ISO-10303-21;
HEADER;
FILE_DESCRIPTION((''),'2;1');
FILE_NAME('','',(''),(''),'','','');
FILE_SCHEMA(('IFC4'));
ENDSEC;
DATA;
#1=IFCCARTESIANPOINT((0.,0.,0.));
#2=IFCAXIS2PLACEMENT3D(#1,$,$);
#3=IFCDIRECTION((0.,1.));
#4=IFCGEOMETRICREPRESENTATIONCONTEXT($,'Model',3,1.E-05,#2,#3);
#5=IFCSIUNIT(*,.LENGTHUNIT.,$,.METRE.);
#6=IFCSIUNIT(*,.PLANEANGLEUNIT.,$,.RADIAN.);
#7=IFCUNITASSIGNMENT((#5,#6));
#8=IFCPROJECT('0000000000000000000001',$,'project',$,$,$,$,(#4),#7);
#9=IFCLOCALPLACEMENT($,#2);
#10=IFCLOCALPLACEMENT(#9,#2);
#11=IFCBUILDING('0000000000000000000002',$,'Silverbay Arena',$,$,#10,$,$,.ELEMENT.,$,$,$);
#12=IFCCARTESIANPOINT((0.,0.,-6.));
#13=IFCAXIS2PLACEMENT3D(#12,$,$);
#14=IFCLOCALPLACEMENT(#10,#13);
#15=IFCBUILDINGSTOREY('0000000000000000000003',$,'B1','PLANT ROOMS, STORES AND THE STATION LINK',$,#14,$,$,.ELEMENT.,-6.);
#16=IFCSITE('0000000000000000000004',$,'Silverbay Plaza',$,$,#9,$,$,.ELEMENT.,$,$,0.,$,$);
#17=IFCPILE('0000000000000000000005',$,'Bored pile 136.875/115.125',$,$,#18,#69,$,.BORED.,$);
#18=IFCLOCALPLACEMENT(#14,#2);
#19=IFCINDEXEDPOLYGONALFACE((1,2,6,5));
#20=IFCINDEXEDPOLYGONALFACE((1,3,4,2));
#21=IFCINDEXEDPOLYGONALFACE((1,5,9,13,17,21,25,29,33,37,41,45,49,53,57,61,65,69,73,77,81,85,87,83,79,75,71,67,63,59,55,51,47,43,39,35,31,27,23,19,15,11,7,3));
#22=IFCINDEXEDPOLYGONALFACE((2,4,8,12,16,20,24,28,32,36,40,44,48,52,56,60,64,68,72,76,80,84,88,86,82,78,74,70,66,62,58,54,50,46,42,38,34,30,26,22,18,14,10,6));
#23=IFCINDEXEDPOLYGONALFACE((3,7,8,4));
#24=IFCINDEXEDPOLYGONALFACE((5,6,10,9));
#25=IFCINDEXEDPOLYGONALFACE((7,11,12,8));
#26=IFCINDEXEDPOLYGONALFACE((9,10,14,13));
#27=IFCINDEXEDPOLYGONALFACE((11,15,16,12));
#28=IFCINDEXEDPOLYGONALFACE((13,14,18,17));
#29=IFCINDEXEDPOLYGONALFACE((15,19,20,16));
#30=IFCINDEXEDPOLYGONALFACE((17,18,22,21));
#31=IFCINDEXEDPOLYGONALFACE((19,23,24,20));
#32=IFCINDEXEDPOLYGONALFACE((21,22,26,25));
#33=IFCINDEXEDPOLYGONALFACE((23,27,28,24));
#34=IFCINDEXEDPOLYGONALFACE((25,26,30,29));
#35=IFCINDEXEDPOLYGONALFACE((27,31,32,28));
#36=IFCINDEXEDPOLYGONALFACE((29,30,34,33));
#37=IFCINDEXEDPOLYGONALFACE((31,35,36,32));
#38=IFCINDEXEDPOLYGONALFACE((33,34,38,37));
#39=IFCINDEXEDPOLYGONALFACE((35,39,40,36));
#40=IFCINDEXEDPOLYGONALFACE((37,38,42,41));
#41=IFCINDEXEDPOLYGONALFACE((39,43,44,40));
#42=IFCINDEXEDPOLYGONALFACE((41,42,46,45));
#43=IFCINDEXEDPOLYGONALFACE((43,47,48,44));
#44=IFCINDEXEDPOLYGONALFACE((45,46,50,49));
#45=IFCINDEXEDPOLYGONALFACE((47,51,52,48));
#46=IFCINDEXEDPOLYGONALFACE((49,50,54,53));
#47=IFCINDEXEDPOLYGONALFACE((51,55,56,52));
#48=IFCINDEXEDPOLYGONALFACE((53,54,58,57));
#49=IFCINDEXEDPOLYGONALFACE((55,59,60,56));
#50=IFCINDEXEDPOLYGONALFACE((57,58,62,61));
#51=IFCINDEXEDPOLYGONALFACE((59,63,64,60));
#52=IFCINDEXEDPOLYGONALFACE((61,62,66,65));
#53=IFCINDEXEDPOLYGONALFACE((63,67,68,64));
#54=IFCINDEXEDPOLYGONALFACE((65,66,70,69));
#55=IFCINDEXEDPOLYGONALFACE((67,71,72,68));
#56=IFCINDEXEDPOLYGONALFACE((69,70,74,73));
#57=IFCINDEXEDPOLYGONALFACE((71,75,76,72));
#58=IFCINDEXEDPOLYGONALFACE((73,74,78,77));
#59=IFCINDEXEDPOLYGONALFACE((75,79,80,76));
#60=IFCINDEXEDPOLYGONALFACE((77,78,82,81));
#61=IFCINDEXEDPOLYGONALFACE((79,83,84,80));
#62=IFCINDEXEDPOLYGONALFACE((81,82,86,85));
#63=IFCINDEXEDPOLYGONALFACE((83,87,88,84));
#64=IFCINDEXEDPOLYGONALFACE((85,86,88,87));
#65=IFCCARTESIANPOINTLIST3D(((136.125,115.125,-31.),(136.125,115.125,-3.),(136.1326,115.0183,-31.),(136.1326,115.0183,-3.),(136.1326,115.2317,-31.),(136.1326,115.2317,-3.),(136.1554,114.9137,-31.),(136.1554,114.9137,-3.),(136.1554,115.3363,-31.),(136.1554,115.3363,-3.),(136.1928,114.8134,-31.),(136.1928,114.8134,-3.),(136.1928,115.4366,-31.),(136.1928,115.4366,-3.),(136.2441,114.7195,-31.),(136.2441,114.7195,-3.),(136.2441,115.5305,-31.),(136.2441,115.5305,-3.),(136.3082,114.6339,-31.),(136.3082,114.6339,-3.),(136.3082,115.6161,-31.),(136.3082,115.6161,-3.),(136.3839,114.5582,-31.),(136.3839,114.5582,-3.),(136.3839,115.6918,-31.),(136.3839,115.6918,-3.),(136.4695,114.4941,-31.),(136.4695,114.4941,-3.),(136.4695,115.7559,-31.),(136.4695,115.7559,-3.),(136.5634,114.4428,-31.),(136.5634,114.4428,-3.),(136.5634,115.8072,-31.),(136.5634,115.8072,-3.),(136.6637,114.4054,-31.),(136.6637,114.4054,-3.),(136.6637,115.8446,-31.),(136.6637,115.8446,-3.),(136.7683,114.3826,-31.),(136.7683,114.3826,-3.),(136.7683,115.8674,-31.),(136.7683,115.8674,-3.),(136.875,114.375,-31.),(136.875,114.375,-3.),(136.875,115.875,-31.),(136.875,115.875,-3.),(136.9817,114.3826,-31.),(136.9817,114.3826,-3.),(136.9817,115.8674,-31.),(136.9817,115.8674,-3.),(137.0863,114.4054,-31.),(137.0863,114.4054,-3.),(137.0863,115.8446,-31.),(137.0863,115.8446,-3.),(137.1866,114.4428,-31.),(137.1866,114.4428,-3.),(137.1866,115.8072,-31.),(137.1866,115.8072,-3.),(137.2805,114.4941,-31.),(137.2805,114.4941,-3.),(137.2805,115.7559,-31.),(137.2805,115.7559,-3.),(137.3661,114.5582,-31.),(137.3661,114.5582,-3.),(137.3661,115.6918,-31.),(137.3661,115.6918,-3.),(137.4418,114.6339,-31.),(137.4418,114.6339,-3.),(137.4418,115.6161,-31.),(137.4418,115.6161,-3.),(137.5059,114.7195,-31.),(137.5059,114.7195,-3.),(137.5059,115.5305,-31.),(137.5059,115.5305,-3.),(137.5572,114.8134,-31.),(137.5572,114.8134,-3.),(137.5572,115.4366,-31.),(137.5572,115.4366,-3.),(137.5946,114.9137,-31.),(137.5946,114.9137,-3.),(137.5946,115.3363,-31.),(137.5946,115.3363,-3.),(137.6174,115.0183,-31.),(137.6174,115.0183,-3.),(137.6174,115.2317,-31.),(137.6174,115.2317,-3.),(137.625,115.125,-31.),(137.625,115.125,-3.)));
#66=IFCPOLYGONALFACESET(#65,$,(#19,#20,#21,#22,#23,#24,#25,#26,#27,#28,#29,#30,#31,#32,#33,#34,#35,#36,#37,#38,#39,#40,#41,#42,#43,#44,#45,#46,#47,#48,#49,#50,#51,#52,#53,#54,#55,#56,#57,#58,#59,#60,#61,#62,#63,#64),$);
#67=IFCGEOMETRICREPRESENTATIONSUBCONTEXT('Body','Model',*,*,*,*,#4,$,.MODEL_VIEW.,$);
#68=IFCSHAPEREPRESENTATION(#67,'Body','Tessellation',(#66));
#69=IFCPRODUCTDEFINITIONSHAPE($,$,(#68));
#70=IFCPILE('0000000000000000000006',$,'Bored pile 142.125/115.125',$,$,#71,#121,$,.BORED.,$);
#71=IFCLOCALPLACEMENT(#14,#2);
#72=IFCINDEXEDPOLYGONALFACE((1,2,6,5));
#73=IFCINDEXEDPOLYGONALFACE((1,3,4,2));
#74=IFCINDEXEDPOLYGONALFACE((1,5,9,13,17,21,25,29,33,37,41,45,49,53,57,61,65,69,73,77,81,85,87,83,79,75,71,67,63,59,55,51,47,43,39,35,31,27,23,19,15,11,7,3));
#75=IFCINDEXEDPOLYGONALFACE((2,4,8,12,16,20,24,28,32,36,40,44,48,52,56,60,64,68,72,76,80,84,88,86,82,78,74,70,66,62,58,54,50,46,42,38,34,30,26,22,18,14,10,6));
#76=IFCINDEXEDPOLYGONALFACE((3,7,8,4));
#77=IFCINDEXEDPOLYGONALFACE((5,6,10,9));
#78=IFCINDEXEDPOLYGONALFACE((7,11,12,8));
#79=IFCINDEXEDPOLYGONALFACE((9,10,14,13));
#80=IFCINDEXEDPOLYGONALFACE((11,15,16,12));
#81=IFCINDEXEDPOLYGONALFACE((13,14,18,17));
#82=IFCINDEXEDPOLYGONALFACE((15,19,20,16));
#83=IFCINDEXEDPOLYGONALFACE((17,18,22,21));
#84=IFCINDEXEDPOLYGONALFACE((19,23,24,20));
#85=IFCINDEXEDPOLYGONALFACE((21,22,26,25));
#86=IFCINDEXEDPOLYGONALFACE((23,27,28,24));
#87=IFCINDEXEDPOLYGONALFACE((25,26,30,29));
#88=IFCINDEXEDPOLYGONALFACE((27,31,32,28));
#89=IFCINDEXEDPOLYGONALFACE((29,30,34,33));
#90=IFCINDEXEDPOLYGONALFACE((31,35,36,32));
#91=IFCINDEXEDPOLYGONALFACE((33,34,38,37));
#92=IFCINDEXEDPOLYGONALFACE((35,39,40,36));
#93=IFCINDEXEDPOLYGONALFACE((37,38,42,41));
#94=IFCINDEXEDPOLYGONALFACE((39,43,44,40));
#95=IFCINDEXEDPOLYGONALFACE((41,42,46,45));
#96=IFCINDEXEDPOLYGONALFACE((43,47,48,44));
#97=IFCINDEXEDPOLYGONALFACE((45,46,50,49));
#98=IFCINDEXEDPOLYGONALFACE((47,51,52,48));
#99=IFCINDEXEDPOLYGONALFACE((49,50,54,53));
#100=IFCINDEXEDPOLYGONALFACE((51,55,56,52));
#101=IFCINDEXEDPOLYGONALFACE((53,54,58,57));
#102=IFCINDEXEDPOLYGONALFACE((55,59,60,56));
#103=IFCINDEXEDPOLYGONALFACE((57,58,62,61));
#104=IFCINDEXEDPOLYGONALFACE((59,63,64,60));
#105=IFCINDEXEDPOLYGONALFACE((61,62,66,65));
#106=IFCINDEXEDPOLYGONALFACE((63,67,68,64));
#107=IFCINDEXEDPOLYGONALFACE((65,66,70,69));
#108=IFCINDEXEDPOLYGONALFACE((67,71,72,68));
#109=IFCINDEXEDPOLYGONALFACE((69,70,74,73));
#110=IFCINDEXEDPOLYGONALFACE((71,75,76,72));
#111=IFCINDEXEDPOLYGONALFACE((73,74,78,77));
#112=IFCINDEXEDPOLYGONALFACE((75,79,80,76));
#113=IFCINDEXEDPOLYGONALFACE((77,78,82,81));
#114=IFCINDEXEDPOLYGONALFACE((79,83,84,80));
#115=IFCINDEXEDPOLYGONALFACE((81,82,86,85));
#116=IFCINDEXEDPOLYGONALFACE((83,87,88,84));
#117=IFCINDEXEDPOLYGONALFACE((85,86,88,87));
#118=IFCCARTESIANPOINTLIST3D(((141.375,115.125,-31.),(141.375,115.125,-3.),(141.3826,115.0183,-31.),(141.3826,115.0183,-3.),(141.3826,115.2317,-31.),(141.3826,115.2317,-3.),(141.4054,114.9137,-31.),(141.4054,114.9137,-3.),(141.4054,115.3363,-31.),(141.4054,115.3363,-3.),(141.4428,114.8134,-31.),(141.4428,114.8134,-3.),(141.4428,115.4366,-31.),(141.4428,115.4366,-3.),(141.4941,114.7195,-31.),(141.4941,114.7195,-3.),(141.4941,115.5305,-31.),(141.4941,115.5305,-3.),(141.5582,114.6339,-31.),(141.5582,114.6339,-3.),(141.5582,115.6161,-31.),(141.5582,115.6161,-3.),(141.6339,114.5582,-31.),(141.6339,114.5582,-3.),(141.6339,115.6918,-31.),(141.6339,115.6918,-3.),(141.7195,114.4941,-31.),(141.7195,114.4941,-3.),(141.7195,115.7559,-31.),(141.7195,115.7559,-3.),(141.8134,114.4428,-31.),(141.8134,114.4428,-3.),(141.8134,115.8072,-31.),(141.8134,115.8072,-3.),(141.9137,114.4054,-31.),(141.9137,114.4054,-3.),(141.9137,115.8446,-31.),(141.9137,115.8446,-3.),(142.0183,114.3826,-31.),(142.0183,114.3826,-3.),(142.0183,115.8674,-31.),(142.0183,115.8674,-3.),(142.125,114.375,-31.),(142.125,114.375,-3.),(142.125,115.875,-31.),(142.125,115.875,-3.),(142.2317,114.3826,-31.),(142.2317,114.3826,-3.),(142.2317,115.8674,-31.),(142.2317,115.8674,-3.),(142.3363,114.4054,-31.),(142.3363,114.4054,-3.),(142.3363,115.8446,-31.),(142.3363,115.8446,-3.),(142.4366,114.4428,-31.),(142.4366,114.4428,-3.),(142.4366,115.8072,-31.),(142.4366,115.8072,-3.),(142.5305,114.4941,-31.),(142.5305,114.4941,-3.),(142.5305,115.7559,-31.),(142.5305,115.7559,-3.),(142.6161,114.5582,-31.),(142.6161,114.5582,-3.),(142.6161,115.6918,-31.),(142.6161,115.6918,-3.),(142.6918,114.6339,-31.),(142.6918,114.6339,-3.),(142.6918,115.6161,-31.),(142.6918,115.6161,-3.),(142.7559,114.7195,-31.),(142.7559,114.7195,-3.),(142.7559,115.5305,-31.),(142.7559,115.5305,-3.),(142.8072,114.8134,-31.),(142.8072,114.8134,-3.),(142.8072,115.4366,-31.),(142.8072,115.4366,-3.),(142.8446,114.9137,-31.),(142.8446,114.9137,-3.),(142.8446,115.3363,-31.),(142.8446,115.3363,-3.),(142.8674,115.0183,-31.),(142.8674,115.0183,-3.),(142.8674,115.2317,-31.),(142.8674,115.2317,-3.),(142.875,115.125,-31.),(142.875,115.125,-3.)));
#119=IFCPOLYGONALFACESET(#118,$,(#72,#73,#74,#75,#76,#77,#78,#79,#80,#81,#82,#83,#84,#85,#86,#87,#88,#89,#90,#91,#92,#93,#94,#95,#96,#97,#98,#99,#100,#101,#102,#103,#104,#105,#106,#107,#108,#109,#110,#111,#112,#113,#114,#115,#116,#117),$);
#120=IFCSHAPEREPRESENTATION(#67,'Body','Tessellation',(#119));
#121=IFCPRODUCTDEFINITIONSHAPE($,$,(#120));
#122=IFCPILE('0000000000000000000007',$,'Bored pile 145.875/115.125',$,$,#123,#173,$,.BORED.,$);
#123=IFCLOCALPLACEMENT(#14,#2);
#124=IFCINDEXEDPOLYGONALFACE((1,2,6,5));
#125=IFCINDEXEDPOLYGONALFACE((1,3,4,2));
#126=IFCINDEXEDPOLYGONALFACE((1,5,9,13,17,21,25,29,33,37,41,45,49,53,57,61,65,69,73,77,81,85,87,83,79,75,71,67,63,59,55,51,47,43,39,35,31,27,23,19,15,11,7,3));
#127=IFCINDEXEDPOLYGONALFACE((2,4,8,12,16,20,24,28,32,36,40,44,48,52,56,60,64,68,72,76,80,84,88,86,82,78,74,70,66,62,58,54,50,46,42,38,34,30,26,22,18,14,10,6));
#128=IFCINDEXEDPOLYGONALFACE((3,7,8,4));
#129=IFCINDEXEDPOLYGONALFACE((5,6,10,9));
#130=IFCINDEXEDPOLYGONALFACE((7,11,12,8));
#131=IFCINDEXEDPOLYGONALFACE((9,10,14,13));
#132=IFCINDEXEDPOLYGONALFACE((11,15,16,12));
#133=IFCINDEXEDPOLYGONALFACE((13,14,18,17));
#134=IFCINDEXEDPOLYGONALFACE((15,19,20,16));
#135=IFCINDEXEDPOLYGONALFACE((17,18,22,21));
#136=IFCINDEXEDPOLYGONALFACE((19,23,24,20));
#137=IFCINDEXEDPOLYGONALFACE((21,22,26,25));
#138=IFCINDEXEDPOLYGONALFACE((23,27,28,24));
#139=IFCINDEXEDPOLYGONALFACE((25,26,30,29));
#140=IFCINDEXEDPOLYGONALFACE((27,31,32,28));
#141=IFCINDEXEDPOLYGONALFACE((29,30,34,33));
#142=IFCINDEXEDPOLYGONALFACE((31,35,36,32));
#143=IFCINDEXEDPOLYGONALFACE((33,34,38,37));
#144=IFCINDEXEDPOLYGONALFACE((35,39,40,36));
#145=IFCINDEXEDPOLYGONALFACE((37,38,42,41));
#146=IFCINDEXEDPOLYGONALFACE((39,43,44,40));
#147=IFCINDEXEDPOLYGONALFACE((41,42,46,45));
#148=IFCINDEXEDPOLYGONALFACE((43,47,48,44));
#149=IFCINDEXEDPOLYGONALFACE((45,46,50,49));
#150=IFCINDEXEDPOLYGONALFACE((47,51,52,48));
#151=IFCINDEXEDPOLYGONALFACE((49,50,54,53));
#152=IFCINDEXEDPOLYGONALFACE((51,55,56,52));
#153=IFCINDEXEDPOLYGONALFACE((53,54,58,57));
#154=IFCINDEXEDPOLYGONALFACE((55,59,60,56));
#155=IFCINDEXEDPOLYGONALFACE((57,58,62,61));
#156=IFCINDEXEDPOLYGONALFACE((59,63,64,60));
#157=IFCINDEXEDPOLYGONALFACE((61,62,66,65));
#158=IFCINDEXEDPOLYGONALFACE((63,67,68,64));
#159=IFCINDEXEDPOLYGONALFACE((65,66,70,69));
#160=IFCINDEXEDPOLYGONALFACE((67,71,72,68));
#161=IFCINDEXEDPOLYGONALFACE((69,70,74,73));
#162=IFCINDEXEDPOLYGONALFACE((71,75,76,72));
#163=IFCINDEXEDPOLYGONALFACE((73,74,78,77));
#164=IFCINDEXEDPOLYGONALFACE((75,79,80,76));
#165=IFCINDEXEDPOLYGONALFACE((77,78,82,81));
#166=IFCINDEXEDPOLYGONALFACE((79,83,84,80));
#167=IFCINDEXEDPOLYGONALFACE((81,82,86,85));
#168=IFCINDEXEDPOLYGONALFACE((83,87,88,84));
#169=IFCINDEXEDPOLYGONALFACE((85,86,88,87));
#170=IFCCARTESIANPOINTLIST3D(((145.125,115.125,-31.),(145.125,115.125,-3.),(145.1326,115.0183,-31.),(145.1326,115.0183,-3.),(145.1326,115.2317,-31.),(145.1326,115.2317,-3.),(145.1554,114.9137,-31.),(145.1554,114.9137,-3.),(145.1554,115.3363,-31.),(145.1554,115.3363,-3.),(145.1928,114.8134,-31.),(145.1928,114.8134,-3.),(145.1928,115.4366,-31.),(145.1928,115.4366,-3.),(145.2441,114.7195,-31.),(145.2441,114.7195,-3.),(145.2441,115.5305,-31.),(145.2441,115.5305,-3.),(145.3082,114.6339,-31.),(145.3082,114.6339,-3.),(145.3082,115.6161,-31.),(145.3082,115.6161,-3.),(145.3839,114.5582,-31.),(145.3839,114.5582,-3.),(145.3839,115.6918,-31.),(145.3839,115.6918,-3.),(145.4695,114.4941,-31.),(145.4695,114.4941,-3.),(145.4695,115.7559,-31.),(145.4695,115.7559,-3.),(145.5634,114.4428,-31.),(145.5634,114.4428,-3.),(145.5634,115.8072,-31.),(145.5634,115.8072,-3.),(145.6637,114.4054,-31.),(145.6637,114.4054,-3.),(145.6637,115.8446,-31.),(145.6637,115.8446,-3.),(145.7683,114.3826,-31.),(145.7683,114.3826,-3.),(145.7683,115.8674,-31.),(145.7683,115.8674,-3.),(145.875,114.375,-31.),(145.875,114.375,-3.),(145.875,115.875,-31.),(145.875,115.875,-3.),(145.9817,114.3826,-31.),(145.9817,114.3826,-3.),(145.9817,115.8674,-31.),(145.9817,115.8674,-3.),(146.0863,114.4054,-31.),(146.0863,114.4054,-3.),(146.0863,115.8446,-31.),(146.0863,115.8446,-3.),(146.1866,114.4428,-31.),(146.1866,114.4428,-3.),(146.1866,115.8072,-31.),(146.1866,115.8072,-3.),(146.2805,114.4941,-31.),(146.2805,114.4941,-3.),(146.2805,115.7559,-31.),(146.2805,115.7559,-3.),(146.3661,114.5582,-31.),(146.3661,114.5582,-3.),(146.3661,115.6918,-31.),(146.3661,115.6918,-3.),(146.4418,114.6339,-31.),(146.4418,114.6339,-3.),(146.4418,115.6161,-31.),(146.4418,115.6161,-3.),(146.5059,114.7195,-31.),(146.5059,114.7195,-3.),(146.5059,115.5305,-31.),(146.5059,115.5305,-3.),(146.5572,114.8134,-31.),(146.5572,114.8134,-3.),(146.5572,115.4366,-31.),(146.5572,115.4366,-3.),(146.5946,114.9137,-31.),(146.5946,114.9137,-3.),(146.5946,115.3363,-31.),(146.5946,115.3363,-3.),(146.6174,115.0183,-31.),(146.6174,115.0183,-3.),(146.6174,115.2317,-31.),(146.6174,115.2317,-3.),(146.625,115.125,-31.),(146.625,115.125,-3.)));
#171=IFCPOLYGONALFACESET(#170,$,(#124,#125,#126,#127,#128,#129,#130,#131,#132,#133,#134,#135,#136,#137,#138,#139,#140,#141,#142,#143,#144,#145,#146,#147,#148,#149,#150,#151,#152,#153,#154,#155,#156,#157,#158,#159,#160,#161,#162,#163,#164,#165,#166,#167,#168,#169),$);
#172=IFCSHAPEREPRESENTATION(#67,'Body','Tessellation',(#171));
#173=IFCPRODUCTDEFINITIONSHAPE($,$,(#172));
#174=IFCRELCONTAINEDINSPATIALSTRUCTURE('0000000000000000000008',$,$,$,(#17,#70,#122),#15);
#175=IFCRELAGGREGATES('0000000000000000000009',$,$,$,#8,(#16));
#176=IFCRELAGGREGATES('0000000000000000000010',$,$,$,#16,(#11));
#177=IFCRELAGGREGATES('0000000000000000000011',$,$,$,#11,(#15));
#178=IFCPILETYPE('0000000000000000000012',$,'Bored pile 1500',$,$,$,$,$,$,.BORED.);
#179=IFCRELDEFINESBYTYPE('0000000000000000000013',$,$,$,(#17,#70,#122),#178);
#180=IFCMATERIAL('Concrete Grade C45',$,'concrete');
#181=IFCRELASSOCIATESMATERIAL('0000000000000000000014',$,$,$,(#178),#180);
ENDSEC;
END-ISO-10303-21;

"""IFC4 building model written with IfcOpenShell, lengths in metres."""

from ifc_helpers import new_model, si_unit, direction, frame, origin, origin_2d, place, context, subcontext, project, spatial, circle, extrude, material, material_profile, profile_set, type_object, element, save


model = new_model("IFC4")

# Units and contexts
model_context = context("Model", 3, precision=1e-05, world=origin(), true_north=direction((0.0, 1.0)))
body_context = subcontext(model_context, "Body", "Model", "MODEL_VIEW")
ifc_project = project(units=[si_unit("LENGTHUNIT", "METRE"), si_unit("PLANEANGLEUNIT", "RADIAN")], contexts=[model_context])

# Site, building, storey
site_placement = place(None, origin())
site = spatial("IfcSite", under=ifc_project, at=site_placement, Name="Silverbay Plaza", CompositionType="ELEMENT", RefElevation=0.0)
building_placement = place(site_placement, origin())
building = spatial("IfcBuilding", under=site, at=building_placement, Name="Silverbay Arena", CompositionType="ELEMENT")
storey_placement = place(building_placement, frame((0.0, 0.0, -6.0)))
storey = spatial("IfcBuildingStorey", under=building, at=storey_placement, Name="B1", Description="PLANT ROOMS, STORES AND THE STATION LINK", CompositionType="ELEMENT", Elevation=-6.0)

# Piles
ifc_material_1 = material(Name="Concrete Grade C45", Category="concrete")
ifc_material_profile_1 = material_profile(ifc_material_1, circle(Radius=0.75, at=origin_2d()), Name="Bored pile 1500")
ifc_profile_set_1 = profile_set([ifc_material_profile_1], Name="Concrete Grade C45")
pile_type = type_object("IfcPileType", Name="Bored pile 1500", PredefinedType="BORED", material=ifc_profile_set_1)
for number, where, z_axis, x_axis, name in (
    (1, (136.875, 115.125, -3.0), (0.0, 0.0, -1.0), (1.0, 0.0, 0.0), "Bored pile 136.875/115.125"),
    (2, (142.125, 115.125, -3.0), (0.0, 0.0, -1.0), (1.0, 0.0, 0.0), "Bored pile 142.125/115.125"),
    (3, (145.875, 115.125, -3.0), (0.0, 0.0, -1.0), (1.0, 0.0, 0.0), "Bored pile 145.875/115.125"),
):
    element("IfcPile", number, at=place(storey_placement, frame(where, z_axis=z_axis, x_axis=x_axis)), inside=storey, type_object=pile_type, Name=name, PredefinedType="BORED", context=body_context, shape_type="SweptSolid", body=[
        extrude(circle(Radius=0.75, at=origin_2d()), origin(), (0.0, 0.0, 1.0), 28.0),
    ])

save(model, "model.ifc")
